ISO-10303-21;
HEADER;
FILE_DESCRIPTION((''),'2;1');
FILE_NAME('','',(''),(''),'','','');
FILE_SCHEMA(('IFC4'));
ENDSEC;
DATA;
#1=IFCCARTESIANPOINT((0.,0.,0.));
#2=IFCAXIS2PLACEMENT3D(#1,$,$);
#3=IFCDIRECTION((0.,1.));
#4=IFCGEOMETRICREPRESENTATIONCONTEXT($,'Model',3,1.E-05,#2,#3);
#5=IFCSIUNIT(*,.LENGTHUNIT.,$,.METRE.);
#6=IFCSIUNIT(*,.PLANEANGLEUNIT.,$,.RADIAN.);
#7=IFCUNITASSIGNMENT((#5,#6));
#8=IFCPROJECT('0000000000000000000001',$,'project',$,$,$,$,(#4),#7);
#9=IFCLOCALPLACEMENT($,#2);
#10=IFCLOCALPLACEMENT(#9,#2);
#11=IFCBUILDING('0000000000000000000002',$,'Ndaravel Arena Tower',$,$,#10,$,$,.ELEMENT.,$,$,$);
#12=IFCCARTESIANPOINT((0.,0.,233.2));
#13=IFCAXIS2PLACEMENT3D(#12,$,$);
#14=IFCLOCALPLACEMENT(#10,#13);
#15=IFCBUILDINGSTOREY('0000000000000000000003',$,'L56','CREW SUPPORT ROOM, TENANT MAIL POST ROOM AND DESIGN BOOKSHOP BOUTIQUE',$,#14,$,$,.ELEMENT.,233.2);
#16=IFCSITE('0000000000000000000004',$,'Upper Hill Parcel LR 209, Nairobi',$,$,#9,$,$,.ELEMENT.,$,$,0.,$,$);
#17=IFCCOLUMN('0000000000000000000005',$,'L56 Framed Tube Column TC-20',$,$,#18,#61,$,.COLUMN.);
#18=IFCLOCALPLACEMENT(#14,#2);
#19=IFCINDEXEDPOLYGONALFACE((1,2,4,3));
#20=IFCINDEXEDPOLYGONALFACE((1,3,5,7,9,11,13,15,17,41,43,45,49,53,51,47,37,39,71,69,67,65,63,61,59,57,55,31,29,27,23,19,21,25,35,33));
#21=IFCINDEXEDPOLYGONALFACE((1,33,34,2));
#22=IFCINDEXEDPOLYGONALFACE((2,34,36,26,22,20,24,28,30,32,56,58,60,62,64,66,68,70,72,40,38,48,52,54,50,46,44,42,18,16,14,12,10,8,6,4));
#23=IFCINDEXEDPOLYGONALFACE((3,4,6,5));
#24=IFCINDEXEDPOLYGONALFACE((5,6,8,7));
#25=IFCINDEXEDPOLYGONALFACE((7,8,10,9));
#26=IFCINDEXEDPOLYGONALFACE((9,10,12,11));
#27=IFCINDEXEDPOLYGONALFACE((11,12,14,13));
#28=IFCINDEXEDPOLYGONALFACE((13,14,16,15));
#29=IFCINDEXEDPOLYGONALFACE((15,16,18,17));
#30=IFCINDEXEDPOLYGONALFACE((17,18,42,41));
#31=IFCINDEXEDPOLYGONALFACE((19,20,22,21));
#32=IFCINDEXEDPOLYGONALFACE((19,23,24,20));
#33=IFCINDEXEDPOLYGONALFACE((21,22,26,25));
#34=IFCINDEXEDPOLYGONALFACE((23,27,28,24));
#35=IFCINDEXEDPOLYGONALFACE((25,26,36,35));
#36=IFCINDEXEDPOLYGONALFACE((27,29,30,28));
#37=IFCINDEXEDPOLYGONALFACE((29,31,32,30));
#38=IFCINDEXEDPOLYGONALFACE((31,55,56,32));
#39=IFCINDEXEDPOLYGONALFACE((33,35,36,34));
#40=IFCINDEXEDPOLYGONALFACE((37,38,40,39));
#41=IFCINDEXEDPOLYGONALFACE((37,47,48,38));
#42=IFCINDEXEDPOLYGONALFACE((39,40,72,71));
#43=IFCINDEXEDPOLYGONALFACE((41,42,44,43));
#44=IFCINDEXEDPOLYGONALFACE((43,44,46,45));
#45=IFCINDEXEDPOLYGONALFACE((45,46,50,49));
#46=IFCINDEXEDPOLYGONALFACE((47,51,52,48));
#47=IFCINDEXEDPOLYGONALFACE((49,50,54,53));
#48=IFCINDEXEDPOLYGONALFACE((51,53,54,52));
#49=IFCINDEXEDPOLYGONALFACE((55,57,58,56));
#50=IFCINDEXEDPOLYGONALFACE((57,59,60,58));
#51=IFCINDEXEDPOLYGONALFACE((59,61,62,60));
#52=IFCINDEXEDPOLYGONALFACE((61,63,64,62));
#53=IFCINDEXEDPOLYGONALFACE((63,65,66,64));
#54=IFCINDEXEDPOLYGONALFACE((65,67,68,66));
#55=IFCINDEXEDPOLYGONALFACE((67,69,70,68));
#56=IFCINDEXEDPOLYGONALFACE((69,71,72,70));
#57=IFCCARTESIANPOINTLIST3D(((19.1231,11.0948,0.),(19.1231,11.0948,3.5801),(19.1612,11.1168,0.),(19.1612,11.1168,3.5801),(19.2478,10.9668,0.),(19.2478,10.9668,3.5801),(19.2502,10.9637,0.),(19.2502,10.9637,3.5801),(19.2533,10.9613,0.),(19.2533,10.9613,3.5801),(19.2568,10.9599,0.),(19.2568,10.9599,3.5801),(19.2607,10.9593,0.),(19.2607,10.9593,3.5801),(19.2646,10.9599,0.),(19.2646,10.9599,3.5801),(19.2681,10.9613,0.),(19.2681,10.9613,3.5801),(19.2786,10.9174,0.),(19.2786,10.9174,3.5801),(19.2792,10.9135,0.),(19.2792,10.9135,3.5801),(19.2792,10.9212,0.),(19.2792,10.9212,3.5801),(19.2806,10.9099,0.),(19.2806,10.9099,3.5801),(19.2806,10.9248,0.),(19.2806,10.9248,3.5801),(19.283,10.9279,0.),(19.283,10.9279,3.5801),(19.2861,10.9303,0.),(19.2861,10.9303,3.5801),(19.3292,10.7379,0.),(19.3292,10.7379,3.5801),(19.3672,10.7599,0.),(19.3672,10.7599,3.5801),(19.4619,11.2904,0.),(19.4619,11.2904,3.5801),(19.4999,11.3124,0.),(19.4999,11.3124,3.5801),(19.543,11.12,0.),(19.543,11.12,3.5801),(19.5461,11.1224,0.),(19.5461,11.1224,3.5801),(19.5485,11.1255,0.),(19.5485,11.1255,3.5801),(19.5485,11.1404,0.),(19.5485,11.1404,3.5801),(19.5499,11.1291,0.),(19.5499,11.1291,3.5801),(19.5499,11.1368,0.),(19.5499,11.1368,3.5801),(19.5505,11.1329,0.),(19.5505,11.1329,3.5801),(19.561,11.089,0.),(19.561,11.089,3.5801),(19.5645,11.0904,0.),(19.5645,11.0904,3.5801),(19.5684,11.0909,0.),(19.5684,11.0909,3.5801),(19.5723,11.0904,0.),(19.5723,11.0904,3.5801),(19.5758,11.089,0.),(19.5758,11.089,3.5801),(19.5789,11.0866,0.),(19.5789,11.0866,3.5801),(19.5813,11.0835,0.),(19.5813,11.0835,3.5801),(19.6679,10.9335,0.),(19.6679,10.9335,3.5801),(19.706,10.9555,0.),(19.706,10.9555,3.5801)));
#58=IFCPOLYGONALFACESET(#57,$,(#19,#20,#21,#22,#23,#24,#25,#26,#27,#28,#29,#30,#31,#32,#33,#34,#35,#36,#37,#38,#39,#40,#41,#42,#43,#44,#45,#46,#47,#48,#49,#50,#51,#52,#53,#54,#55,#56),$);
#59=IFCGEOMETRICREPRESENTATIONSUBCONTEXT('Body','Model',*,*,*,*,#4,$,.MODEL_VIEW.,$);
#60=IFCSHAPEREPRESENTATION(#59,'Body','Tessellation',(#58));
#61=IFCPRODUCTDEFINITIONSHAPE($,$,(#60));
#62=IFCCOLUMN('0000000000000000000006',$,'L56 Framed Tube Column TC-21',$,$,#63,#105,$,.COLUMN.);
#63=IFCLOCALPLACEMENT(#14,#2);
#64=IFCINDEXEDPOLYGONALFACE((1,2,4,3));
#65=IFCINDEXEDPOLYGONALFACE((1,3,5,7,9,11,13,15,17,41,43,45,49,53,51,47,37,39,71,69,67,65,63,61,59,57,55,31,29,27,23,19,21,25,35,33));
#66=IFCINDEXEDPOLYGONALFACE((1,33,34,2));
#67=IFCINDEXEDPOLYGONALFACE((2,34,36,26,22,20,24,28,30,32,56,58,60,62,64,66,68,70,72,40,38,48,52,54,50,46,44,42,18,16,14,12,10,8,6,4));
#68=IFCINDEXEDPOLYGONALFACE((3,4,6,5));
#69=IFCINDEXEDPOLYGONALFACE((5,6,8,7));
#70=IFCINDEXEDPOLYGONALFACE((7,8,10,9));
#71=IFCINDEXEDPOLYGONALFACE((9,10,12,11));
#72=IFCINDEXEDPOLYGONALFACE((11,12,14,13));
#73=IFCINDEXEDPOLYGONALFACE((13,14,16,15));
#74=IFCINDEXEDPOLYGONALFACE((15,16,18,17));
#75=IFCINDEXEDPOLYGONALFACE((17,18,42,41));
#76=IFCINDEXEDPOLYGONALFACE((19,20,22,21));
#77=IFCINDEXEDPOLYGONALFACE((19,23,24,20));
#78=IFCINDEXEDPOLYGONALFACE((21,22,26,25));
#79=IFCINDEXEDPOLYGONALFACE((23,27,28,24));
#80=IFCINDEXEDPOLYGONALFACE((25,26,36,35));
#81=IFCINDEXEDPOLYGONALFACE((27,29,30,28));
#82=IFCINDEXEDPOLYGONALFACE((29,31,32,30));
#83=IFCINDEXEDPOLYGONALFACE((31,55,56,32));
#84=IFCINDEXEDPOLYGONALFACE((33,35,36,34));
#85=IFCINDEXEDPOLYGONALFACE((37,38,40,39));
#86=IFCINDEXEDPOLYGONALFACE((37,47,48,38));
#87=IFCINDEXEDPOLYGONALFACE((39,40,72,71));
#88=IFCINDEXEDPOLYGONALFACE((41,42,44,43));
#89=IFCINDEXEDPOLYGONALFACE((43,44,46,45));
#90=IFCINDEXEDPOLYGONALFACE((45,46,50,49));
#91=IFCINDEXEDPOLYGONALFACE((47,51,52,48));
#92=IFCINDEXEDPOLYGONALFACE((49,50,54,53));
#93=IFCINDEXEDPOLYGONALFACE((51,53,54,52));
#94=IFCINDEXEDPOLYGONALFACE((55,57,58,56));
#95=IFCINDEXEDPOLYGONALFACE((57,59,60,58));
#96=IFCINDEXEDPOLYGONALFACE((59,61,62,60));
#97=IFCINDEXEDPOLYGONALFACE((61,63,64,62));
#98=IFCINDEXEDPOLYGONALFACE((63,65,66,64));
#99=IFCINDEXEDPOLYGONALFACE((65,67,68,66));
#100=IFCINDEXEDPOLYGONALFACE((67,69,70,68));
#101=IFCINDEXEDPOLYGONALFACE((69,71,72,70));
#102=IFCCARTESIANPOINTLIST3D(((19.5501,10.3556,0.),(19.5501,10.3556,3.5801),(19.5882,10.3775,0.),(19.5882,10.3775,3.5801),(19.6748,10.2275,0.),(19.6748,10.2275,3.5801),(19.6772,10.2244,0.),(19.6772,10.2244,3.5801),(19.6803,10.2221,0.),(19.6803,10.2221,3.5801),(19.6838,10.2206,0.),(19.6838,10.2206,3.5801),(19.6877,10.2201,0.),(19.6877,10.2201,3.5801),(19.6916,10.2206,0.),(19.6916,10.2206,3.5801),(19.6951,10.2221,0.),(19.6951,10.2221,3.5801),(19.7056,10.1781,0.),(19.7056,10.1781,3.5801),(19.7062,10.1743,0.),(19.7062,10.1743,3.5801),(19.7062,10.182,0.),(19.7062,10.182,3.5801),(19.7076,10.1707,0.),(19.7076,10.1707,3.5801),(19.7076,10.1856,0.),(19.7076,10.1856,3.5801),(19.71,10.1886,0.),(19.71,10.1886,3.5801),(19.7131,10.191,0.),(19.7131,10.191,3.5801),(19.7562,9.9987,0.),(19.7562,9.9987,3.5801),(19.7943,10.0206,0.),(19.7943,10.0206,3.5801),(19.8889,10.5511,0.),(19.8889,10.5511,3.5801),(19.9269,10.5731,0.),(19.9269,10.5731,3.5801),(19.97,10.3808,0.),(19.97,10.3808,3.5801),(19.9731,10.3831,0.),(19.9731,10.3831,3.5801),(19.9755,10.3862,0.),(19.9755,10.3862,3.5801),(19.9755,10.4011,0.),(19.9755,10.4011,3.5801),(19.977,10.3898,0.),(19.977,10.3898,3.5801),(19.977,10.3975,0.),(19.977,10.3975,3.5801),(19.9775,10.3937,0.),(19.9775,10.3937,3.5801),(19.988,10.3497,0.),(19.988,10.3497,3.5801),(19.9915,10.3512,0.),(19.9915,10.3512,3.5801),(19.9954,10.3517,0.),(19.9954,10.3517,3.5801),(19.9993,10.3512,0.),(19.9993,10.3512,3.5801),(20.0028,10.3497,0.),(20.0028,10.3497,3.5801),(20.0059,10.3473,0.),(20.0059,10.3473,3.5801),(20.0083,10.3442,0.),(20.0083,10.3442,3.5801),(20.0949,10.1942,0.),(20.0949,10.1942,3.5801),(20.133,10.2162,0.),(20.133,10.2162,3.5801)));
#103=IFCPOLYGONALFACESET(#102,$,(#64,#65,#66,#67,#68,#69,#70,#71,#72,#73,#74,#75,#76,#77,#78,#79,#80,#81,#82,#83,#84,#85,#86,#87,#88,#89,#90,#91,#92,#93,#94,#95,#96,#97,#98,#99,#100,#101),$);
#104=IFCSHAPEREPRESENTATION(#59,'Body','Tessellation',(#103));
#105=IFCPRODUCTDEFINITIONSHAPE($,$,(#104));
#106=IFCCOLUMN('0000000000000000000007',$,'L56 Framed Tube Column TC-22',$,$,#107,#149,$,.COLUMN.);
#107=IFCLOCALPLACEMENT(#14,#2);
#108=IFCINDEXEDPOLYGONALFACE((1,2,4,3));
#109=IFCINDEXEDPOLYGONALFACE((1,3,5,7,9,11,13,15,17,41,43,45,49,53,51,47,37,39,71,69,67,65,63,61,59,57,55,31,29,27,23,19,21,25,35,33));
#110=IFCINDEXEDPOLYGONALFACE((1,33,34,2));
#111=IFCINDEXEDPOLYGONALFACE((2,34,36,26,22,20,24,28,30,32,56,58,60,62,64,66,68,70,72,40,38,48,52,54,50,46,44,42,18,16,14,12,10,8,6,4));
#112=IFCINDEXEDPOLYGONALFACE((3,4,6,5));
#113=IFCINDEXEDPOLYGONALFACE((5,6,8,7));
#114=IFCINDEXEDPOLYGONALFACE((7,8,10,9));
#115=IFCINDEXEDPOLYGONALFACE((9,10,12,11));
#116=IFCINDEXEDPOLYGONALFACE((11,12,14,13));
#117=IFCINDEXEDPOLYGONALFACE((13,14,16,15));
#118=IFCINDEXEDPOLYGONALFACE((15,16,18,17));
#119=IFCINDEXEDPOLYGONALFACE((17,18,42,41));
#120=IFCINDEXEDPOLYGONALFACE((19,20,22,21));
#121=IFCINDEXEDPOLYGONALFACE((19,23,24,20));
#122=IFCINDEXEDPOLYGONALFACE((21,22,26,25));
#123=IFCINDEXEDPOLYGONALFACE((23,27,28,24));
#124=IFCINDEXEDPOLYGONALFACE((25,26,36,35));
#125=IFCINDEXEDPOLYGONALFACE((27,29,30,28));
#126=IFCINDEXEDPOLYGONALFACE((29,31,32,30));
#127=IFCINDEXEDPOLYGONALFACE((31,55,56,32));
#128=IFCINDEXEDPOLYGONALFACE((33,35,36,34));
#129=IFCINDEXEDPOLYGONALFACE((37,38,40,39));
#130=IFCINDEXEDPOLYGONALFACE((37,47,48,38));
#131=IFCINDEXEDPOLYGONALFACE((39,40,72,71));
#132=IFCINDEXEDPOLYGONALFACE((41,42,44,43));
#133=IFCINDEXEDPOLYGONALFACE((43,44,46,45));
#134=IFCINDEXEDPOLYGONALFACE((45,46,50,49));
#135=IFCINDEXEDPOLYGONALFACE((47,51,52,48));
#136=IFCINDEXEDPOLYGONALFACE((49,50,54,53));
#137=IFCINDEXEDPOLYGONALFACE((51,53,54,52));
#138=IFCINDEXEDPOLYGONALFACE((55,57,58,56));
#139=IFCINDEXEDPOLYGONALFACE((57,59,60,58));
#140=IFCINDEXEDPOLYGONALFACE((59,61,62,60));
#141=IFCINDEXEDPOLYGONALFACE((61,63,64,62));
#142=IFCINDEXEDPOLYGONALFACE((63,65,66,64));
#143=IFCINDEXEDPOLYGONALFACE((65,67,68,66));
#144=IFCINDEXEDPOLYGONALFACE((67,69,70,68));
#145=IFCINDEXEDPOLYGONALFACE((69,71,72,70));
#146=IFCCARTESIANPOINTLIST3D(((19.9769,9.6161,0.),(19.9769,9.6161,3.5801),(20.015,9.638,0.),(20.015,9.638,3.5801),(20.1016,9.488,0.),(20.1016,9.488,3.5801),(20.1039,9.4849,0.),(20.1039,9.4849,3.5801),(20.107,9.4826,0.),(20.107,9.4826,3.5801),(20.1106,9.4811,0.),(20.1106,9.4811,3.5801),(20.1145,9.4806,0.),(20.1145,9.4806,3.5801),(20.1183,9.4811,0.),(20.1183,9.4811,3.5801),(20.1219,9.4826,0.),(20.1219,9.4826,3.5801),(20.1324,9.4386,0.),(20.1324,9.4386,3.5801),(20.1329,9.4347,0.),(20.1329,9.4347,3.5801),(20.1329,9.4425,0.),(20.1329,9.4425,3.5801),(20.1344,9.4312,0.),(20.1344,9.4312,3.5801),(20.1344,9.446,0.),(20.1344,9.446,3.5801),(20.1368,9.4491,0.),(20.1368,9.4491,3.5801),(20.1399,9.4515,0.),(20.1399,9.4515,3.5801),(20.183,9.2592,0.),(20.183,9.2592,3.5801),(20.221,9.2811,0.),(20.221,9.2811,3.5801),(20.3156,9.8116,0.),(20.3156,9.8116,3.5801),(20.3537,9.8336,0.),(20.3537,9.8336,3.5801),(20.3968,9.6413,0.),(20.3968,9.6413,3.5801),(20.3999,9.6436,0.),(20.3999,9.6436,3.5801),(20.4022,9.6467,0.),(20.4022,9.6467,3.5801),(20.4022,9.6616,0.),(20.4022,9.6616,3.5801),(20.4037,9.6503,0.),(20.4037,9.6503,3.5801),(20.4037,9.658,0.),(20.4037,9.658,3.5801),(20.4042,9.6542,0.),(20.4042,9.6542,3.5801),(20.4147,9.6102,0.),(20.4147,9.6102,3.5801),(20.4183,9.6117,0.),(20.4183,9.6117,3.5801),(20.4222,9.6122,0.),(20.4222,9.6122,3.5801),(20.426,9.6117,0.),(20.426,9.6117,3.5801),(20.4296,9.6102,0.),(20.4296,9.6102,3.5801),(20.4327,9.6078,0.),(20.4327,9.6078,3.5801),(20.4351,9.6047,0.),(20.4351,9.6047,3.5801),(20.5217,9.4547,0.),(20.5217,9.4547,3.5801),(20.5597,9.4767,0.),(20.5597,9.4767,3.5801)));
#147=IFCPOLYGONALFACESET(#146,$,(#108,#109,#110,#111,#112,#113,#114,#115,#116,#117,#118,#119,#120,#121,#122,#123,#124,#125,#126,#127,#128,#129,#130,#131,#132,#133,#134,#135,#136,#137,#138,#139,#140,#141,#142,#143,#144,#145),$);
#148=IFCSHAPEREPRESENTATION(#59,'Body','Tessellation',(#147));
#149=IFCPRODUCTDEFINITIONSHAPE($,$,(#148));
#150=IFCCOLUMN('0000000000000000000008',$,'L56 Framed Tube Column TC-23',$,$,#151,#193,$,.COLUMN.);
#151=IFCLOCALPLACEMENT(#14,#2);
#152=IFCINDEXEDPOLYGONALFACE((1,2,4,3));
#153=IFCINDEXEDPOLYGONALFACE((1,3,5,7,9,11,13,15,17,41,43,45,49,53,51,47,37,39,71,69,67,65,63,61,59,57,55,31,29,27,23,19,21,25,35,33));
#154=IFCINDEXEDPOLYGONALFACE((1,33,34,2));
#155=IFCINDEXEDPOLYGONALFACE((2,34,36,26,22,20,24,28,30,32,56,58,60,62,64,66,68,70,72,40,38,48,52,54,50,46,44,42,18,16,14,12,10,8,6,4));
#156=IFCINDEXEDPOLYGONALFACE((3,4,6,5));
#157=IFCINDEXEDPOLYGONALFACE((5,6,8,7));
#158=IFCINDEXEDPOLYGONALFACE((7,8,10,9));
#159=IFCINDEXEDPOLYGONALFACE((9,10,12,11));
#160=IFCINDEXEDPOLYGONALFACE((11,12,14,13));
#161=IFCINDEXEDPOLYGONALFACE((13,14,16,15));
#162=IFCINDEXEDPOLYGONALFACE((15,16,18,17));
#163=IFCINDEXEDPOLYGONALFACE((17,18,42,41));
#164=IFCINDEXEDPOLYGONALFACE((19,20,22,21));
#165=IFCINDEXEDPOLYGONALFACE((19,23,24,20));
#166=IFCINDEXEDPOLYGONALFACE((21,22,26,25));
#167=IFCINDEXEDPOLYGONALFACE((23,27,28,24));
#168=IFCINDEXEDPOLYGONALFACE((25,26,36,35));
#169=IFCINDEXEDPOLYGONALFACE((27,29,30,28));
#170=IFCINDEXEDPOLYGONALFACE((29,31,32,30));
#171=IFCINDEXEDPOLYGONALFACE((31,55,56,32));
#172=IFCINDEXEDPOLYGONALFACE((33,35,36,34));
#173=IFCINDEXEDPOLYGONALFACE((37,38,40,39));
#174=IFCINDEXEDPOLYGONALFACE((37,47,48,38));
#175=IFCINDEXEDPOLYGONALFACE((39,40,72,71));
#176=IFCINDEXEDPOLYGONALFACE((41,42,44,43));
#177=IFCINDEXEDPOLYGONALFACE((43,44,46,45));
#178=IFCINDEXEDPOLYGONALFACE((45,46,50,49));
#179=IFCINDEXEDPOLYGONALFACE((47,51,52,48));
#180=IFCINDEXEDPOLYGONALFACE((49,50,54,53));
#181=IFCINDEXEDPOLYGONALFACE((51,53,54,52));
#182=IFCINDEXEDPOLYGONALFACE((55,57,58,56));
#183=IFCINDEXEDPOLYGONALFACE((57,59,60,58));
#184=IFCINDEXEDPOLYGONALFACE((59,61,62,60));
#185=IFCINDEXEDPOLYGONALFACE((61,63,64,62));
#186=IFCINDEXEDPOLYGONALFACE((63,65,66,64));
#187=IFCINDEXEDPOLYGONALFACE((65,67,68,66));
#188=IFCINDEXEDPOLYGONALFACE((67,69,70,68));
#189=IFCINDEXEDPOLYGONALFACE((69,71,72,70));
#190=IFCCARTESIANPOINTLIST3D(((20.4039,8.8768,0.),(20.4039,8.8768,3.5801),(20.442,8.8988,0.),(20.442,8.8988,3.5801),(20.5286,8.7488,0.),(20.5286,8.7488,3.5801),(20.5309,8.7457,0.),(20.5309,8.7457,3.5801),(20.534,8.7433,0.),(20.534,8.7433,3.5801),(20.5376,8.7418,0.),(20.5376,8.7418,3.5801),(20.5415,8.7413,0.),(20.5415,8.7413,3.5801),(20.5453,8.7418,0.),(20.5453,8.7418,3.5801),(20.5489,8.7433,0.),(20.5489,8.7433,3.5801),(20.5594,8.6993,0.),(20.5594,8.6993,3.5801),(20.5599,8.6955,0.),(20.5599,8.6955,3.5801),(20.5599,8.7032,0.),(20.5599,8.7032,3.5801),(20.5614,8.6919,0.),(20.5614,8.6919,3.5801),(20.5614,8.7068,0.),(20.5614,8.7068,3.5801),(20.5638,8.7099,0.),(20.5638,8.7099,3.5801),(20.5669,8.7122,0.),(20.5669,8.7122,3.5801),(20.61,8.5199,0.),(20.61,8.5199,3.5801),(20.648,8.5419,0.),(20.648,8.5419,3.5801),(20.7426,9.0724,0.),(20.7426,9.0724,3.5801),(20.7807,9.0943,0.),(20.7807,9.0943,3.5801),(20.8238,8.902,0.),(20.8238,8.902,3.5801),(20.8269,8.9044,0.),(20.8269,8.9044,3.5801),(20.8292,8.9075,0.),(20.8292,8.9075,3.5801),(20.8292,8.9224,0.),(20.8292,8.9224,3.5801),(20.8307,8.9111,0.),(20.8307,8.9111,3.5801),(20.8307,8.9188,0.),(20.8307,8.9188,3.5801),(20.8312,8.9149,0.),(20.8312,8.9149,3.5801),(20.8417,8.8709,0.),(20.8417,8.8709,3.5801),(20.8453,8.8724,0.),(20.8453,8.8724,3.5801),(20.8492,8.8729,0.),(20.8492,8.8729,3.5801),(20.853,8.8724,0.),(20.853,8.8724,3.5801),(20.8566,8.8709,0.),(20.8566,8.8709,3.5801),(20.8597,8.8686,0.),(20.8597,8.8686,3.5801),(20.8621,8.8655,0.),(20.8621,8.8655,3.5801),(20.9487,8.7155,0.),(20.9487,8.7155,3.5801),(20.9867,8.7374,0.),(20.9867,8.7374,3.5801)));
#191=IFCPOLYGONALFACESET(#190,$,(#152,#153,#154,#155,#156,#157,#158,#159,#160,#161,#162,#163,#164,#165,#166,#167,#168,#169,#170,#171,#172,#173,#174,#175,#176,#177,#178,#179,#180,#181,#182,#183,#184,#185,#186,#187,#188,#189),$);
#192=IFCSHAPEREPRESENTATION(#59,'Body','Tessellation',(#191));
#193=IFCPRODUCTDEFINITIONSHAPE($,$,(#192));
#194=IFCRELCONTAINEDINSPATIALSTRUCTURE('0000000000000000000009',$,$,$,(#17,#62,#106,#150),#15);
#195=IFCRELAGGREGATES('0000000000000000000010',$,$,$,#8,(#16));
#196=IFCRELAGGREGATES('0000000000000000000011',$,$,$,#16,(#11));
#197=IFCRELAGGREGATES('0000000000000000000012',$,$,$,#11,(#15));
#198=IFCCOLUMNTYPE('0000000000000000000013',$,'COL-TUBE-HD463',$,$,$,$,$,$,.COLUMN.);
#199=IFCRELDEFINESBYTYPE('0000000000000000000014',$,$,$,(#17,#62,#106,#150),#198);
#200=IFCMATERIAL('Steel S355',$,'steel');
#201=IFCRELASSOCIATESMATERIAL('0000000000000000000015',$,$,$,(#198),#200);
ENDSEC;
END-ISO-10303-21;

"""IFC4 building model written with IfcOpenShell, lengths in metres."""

from ifc_helpers import new_model, si_unit, direction, frame, origin, origin_2d, place, context, subcontext, project, spatial, i_section, extrude, material, material_profile, profile_set, type_object, element, save


model = new_model("IFC4")

# Units and contexts
model_context = context("Model", 3, precision=1e-05, world=origin(), true_north=direction((0.0, 1.0)))
body_context = subcontext(model_context, "Body", "Model", "MODEL_VIEW")
ifc_project = project(units=[si_unit("LENGTHUNIT", "METRE"), si_unit("PLANEANGLEUNIT", "RADIAN")], contexts=[model_context])

# Site, building, storey
site_placement = place(None, origin())
site = spatial("IfcSite", under=ifc_project, at=site_placement, Name="Upper Hill Parcel LR 209, Nairobi", CompositionType="ELEMENT", RefElevation=0.0)
building_placement = place(site_placement, origin())
building = spatial("IfcBuilding", under=site, at=building_placement, Name="Ndaravel Arena Tower", CompositionType="ELEMENT")
storey_placement = place(building_placement, frame((0.0, 0.0, 233.2)))
storey = spatial("IfcBuildingStorey", under=building, at=storey_placement, Name="L56", Description="CREW SUPPORT ROOM, TENANT MAIL POST ROOM AND DESIGN BOOKSHOP BOUTIQUE", CompositionType="ELEMENT", Elevation=233.2)

# Columns
ifc_material_1 = material(Name="Steel S355", Category="steel")
ifc_material_profile_1 = material_profile(ifc_material_1, i_section(OverallWidth=0.4121, OverallDepth=0.4351, WebThickness=0.0359, FlangeThickness=0.0439, FilletRadius=0.0149, at=origin_2d()), Name="HD 400x463")
ifc_profile_set_1 = profile_set([ifc_material_profile_1], Name="Steel S355")
column_type = type_object("IfcColumnType", Name="COL-TUBE-HD463", PredefinedType="COLUMN", material=ifc_profile_set_1)
for number, where, z_axis, x_axis, name in (
    (1, (19.4146, 11.0251, 0.0), (0.0, 0.0, 1.0), (-0.5, 0.866025, 0.0), "L56 Framed Tube Column TC-20"),
    (2, (19.8416, 10.2859, 0.0), (0.0, 0.0, 1.0), (-0.5, 0.866025, 0.0), "L56 Framed Tube Column TC-21"),
    (3, (20.2683, 9.5464, 0.0), (0.0, 0.0, 1.0), (-0.5, 0.866025, 0.0), "L56 Framed Tube Column TC-22"),
    (4, (20.6953, 8.8071, 0.0), (0.0, 0.0, 1.0), (-0.5, 0.866025, 0.0), "L56 Framed Tube Column TC-23"),
):
    element("IfcColumn", number, at=place(storey_placement, frame(where, z_axis=z_axis, x_axis=x_axis)), inside=storey, type_object=column_type, Name=name, PredefinedType="COLUMN", context=body_context, shape_type="SweptSolid", body=[
        extrude(i_section(OverallWidth=0.4121, OverallDepth=0.4351, WebThickness=0.0359, FlangeThickness=0.0439, FilletRadius=0.0149, at=origin_2d()), origin(), (0.0, 0.0, 1.0), 3.5801),
    ])

save(model, "model.ifc")
